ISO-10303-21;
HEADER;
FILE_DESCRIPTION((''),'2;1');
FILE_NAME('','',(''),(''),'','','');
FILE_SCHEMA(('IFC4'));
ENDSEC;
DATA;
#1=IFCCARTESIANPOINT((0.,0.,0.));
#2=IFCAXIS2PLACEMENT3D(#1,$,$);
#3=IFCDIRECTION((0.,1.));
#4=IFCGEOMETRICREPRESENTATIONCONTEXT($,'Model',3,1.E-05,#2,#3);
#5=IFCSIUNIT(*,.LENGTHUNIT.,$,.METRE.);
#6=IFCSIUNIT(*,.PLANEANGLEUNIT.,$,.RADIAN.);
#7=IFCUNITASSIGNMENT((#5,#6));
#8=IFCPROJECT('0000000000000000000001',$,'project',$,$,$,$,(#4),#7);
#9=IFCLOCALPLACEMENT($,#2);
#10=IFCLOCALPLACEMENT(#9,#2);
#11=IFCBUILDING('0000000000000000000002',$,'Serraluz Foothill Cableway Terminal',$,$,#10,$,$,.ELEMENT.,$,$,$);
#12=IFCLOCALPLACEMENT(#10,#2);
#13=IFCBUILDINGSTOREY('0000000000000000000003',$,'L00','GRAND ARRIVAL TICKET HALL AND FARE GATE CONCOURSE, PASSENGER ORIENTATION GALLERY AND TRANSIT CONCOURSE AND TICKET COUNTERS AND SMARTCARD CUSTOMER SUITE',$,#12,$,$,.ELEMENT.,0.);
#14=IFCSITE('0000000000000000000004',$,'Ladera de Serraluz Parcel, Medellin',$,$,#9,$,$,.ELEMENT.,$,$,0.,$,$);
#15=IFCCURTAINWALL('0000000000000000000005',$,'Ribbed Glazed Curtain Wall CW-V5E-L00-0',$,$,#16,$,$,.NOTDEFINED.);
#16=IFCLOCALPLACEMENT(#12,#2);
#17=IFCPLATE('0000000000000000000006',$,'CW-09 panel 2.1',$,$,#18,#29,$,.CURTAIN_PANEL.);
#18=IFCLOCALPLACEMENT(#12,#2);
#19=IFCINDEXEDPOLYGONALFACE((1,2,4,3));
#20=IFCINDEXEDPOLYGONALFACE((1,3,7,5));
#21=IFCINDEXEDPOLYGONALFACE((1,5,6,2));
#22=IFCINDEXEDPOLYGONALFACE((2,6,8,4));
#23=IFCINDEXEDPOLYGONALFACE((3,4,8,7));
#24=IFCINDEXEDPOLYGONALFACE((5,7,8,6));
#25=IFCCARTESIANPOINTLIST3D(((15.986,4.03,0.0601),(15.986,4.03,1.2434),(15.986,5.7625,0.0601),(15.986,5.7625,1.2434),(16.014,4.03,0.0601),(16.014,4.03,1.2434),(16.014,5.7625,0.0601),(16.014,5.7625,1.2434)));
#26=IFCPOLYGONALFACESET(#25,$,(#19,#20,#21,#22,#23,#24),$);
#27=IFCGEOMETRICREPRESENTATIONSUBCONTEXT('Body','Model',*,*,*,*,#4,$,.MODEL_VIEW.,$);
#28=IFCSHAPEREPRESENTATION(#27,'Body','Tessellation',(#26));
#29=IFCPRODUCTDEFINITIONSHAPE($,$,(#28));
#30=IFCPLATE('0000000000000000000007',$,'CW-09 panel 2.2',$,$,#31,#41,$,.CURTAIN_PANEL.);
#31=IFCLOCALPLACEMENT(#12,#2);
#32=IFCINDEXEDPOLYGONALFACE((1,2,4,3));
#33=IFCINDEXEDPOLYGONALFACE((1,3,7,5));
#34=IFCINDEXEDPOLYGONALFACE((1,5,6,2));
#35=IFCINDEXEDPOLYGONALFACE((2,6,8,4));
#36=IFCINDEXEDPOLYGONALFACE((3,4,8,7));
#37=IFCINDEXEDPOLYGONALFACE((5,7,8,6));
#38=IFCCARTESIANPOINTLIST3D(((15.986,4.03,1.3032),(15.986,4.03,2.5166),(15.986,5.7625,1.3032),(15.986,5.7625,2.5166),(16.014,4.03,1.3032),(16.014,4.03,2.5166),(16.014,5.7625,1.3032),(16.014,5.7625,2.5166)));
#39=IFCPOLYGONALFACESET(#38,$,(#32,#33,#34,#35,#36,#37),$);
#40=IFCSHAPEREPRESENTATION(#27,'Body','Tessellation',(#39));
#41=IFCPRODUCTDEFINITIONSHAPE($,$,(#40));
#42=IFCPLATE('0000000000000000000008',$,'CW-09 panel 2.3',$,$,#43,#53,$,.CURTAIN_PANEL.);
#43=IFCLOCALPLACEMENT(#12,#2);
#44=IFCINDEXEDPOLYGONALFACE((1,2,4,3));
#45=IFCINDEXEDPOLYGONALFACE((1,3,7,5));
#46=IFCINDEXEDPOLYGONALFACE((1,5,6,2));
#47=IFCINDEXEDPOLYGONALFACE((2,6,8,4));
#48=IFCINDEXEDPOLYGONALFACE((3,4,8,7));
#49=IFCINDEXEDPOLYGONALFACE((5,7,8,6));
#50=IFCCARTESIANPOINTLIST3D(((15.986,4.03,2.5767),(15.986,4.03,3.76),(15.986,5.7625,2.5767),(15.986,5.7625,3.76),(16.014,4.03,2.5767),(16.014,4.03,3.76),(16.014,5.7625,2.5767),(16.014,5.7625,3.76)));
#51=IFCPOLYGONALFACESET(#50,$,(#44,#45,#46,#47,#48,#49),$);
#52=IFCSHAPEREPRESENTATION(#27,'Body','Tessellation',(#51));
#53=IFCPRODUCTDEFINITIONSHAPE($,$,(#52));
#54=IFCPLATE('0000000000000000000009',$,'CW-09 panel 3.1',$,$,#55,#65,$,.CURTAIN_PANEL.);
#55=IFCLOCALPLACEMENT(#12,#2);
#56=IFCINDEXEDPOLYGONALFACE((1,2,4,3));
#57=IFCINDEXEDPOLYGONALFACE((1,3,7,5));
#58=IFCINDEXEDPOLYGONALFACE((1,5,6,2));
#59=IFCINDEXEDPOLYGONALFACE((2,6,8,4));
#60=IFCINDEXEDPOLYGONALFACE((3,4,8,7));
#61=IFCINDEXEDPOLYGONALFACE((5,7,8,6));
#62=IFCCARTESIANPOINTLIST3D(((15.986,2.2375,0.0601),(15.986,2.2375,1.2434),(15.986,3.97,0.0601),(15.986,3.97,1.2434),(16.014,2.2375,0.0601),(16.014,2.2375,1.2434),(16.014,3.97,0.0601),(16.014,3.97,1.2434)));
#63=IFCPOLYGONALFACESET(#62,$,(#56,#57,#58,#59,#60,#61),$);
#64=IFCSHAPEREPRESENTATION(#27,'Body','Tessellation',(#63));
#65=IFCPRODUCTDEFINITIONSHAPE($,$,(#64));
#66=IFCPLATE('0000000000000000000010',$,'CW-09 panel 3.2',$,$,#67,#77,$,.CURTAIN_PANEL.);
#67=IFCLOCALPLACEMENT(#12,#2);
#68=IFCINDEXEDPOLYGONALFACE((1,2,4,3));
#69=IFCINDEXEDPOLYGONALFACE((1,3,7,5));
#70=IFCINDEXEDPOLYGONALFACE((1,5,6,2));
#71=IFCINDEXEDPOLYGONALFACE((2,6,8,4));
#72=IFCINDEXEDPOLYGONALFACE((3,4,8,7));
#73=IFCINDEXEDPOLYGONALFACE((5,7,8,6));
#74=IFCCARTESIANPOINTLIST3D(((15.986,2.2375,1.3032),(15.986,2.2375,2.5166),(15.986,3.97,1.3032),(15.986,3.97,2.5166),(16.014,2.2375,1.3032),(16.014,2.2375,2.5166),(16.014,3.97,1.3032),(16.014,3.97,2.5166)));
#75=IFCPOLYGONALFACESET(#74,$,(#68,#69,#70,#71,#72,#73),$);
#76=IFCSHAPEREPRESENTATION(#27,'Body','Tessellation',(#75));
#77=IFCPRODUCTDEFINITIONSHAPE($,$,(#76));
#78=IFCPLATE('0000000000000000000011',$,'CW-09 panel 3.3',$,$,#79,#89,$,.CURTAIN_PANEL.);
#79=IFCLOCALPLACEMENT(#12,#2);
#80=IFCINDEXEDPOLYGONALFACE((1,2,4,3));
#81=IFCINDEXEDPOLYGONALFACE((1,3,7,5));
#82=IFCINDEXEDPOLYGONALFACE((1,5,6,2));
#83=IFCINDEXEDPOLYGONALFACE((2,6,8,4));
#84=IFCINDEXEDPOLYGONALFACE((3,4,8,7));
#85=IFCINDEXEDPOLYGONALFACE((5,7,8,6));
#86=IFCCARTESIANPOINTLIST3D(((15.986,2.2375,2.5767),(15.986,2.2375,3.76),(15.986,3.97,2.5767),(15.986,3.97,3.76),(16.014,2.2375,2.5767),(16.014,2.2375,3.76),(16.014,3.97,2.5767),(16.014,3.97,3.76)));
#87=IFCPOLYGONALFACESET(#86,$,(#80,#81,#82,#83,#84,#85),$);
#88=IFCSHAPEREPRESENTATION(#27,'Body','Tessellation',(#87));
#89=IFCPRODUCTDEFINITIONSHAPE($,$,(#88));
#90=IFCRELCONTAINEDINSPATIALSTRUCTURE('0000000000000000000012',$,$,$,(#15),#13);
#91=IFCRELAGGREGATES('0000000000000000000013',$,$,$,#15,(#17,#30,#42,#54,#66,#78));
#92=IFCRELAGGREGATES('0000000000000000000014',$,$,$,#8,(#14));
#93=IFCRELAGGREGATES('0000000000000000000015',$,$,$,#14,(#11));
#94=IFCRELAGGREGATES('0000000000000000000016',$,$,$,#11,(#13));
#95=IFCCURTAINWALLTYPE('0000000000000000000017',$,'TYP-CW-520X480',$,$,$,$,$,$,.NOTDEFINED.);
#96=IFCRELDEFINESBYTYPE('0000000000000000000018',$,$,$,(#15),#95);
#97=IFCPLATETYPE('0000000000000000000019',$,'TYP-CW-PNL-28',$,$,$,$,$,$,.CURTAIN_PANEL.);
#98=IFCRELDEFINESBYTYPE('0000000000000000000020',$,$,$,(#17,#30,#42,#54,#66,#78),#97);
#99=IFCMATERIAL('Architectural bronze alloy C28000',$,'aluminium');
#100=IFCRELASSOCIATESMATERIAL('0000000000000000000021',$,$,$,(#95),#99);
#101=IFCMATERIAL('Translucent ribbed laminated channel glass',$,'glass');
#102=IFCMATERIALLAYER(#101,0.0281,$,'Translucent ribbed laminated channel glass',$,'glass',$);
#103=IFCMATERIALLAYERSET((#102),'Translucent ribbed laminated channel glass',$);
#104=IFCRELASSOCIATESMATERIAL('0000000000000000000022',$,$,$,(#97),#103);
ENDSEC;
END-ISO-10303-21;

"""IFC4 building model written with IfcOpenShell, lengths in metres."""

from ifc_helpers import new_model, si_unit, direction, frame, origin, origin_2d, place, context, subcontext, project, spatial, rectangle, extrude, material, layer, layer_set, type_object, element, aggregate, save


model = new_model("IFC4")

# Units and contexts
model_context = context("Model", 3, precision=1e-05, world=origin(), true_north=direction((0.0, 1.0)))
body_context = subcontext(model_context, "Body", "Model", "MODEL_VIEW")
ifc_project = project(units=[si_unit("LENGTHUNIT", "METRE"), si_unit("PLANEANGLEUNIT", "RADIAN")], contexts=[model_context])

# Site, building, storey
site_placement = place(None, origin())
site = spatial("IfcSite", under=ifc_project, at=site_placement, Name="Ladera de Serraluz Parcel, Medellin", CompositionType="ELEMENT", RefElevation=0.0)
building_placement = place(site_placement, origin())
building = spatial("IfcBuilding", under=site, at=building_placement, Name="Serraluz Foothill Cableway Terminal", CompositionType="ELEMENT")
storey_placement = place(building_placement, origin())
storey = spatial("IfcBuildingStorey", under=building, at=storey_placement, Name="L00", Description="GRAND ARRIVAL TICKET HALL AND FARE GATE CONCOURSE, PASSENGER ORIENTATION GALLERY AND TRANSIT CONCOURSE AND TICKET COUNTERS AND SMARTCARD CUSTOMER SUITE", CompositionType="ELEMENT", Elevation=0.0)

# Curtain wall, plates
ifc_material_1 = material(Name="Architectural bronze alloy C28000", Category="aluminium")
curtain_wall_type = type_object("IfcCurtainWallType", Name="TYP-CW-520X480", PredefinedType="NOTDEFINED", material=ifc_material_1)
curtain_wall_placement = place(storey_placement, origin())
curtain_wall = element("IfcCurtainWall", 1, at=curtain_wall_placement, inside=storey, type_object=curtain_wall_type, Name="Ribbed Glazed Curtain Wall CW-V5E-L00-0", PredefinedType="NOTDEFINED")
ifc_material_2 = material(Name="Translucent ribbed laminated channel glass", Category="glass")
ifc_layer = layer(ifc_material_2, 0.0281, Name="Translucent ribbed laminated channel glass", Category="glass")
ifc_layer_set = layer_set([ifc_layer], Name="Translucent ribbed laminated channel glass")
plate_type = type_object("IfcPlateType", Name="TYP-CW-PNL-28", PredefinedType="CURTAIN_PANEL", material=ifc_layer_set)
plate_1_placement = place(storey_placement, frame((16.0, 4.8962, 0.0601), z_axis=(0.0, 0.0, 1.0), x_axis=(0.0, -1.0, 0.0)))
plate_1 = element("IfcPlate", 2, at=plate_1_placement, type_object=plate_type, Name="CW-09 panel 2.1", PredefinedType="CURTAIN_PANEL", context=body_context, shape_type="SweptSolid", body=[
    extrude(rectangle(XDim=1.7324, YDim=0.0281, at=origin_2d()), origin(), (0.0, 0.0, 1.0), 1.1833),
])
plate_2_placement = place(storey_placement, frame((16.0, 4.8962, 1.3032), z_axis=(0.0, 0.0, 1.0), x_axis=(0.0, -1.0, 0.0)))
plate_2 = element("IfcPlate", 3, at=plate_2_placement, type_object=plate_type, Name="CW-09 panel 2.2", PredefinedType="CURTAIN_PANEL", context=body_context, shape_type="SweptSolid", body=[
    extrude(rectangle(XDim=1.7324, YDim=0.0281, at=origin_2d()), origin(), (0.0, 0.0, 1.0), 1.2134),
])
plate_3_placement = place(storey_placement, frame((16.0, 4.8962, 2.5767), z_axis=(0.0, 0.0, 1.0), x_axis=(0.0, -1.0, 0.0)))
plate_3 = element("IfcPlate", 4, at=plate_3_placement, type_object=plate_type, Name="CW-09 panel 2.3", PredefinedType="CURTAIN_PANEL", context=body_context, shape_type="SweptSolid", body=[
    extrude(rectangle(XDim=1.7324, YDim=0.0281, at=origin_2d()), origin(), (0.0, 0.0, 1.0), 1.1833),
])
plate_4_placement = place(storey_placement, frame((16.0, 3.1038, 0.0601), z_axis=(0.0, 0.0, 1.0), x_axis=(0.0, -1.0, 0.0)))
plate_4 = element("IfcPlate", 5, at=plate_4_placement, type_object=plate_type, Name="CW-09 panel 3.1", PredefinedType="CURTAIN_PANEL", context=body_context, shape_type="SweptSolid", body=[
    extrude(rectangle(XDim=1.7324, YDim=0.0281, at=origin_2d()), origin(), (0.0, 0.0, 1.0), 1.1833),
])
plate_5_placement = place(storey_placement, frame((16.0, 3.1038, 1.3032), z_axis=(0.0, 0.0, 1.0), x_axis=(0.0, -1.0, 0.0)))
plate_5 = element("IfcPlate", 6, at=plate_5_placement, type_object=plate_type, Name="CW-09 panel 3.2", PredefinedType="CURTAIN_PANEL", context=body_context, shape_type="SweptSolid", body=[
    extrude(rectangle(XDim=1.7324, YDim=0.0281, at=origin_2d()), origin(), (0.0, 0.0, 1.0), 1.2134),
])
plate_6_placement = place(storey_placement, frame((16.0, 3.1038, 2.5767), z_axis=(0.0, 0.0, 1.0), x_axis=(0.0, -1.0, 0.0)))
plate_6 = element("IfcPlate", 7, at=plate_6_placement, type_object=plate_type, Name="CW-09 panel 3.3", PredefinedType="CURTAIN_PANEL", context=body_context, shape_type="SweptSolid", body=[
    extrude(rectangle(XDim=1.7324, YDim=0.0281, at=origin_2d()), origin(), (0.0, 0.0, 1.0), 1.1833),
])
aggregate(curtain_wall, [plate_1, plate_2, plate_3, plate_4, plate_5, plate_6])

save(model, "model.ifc")
